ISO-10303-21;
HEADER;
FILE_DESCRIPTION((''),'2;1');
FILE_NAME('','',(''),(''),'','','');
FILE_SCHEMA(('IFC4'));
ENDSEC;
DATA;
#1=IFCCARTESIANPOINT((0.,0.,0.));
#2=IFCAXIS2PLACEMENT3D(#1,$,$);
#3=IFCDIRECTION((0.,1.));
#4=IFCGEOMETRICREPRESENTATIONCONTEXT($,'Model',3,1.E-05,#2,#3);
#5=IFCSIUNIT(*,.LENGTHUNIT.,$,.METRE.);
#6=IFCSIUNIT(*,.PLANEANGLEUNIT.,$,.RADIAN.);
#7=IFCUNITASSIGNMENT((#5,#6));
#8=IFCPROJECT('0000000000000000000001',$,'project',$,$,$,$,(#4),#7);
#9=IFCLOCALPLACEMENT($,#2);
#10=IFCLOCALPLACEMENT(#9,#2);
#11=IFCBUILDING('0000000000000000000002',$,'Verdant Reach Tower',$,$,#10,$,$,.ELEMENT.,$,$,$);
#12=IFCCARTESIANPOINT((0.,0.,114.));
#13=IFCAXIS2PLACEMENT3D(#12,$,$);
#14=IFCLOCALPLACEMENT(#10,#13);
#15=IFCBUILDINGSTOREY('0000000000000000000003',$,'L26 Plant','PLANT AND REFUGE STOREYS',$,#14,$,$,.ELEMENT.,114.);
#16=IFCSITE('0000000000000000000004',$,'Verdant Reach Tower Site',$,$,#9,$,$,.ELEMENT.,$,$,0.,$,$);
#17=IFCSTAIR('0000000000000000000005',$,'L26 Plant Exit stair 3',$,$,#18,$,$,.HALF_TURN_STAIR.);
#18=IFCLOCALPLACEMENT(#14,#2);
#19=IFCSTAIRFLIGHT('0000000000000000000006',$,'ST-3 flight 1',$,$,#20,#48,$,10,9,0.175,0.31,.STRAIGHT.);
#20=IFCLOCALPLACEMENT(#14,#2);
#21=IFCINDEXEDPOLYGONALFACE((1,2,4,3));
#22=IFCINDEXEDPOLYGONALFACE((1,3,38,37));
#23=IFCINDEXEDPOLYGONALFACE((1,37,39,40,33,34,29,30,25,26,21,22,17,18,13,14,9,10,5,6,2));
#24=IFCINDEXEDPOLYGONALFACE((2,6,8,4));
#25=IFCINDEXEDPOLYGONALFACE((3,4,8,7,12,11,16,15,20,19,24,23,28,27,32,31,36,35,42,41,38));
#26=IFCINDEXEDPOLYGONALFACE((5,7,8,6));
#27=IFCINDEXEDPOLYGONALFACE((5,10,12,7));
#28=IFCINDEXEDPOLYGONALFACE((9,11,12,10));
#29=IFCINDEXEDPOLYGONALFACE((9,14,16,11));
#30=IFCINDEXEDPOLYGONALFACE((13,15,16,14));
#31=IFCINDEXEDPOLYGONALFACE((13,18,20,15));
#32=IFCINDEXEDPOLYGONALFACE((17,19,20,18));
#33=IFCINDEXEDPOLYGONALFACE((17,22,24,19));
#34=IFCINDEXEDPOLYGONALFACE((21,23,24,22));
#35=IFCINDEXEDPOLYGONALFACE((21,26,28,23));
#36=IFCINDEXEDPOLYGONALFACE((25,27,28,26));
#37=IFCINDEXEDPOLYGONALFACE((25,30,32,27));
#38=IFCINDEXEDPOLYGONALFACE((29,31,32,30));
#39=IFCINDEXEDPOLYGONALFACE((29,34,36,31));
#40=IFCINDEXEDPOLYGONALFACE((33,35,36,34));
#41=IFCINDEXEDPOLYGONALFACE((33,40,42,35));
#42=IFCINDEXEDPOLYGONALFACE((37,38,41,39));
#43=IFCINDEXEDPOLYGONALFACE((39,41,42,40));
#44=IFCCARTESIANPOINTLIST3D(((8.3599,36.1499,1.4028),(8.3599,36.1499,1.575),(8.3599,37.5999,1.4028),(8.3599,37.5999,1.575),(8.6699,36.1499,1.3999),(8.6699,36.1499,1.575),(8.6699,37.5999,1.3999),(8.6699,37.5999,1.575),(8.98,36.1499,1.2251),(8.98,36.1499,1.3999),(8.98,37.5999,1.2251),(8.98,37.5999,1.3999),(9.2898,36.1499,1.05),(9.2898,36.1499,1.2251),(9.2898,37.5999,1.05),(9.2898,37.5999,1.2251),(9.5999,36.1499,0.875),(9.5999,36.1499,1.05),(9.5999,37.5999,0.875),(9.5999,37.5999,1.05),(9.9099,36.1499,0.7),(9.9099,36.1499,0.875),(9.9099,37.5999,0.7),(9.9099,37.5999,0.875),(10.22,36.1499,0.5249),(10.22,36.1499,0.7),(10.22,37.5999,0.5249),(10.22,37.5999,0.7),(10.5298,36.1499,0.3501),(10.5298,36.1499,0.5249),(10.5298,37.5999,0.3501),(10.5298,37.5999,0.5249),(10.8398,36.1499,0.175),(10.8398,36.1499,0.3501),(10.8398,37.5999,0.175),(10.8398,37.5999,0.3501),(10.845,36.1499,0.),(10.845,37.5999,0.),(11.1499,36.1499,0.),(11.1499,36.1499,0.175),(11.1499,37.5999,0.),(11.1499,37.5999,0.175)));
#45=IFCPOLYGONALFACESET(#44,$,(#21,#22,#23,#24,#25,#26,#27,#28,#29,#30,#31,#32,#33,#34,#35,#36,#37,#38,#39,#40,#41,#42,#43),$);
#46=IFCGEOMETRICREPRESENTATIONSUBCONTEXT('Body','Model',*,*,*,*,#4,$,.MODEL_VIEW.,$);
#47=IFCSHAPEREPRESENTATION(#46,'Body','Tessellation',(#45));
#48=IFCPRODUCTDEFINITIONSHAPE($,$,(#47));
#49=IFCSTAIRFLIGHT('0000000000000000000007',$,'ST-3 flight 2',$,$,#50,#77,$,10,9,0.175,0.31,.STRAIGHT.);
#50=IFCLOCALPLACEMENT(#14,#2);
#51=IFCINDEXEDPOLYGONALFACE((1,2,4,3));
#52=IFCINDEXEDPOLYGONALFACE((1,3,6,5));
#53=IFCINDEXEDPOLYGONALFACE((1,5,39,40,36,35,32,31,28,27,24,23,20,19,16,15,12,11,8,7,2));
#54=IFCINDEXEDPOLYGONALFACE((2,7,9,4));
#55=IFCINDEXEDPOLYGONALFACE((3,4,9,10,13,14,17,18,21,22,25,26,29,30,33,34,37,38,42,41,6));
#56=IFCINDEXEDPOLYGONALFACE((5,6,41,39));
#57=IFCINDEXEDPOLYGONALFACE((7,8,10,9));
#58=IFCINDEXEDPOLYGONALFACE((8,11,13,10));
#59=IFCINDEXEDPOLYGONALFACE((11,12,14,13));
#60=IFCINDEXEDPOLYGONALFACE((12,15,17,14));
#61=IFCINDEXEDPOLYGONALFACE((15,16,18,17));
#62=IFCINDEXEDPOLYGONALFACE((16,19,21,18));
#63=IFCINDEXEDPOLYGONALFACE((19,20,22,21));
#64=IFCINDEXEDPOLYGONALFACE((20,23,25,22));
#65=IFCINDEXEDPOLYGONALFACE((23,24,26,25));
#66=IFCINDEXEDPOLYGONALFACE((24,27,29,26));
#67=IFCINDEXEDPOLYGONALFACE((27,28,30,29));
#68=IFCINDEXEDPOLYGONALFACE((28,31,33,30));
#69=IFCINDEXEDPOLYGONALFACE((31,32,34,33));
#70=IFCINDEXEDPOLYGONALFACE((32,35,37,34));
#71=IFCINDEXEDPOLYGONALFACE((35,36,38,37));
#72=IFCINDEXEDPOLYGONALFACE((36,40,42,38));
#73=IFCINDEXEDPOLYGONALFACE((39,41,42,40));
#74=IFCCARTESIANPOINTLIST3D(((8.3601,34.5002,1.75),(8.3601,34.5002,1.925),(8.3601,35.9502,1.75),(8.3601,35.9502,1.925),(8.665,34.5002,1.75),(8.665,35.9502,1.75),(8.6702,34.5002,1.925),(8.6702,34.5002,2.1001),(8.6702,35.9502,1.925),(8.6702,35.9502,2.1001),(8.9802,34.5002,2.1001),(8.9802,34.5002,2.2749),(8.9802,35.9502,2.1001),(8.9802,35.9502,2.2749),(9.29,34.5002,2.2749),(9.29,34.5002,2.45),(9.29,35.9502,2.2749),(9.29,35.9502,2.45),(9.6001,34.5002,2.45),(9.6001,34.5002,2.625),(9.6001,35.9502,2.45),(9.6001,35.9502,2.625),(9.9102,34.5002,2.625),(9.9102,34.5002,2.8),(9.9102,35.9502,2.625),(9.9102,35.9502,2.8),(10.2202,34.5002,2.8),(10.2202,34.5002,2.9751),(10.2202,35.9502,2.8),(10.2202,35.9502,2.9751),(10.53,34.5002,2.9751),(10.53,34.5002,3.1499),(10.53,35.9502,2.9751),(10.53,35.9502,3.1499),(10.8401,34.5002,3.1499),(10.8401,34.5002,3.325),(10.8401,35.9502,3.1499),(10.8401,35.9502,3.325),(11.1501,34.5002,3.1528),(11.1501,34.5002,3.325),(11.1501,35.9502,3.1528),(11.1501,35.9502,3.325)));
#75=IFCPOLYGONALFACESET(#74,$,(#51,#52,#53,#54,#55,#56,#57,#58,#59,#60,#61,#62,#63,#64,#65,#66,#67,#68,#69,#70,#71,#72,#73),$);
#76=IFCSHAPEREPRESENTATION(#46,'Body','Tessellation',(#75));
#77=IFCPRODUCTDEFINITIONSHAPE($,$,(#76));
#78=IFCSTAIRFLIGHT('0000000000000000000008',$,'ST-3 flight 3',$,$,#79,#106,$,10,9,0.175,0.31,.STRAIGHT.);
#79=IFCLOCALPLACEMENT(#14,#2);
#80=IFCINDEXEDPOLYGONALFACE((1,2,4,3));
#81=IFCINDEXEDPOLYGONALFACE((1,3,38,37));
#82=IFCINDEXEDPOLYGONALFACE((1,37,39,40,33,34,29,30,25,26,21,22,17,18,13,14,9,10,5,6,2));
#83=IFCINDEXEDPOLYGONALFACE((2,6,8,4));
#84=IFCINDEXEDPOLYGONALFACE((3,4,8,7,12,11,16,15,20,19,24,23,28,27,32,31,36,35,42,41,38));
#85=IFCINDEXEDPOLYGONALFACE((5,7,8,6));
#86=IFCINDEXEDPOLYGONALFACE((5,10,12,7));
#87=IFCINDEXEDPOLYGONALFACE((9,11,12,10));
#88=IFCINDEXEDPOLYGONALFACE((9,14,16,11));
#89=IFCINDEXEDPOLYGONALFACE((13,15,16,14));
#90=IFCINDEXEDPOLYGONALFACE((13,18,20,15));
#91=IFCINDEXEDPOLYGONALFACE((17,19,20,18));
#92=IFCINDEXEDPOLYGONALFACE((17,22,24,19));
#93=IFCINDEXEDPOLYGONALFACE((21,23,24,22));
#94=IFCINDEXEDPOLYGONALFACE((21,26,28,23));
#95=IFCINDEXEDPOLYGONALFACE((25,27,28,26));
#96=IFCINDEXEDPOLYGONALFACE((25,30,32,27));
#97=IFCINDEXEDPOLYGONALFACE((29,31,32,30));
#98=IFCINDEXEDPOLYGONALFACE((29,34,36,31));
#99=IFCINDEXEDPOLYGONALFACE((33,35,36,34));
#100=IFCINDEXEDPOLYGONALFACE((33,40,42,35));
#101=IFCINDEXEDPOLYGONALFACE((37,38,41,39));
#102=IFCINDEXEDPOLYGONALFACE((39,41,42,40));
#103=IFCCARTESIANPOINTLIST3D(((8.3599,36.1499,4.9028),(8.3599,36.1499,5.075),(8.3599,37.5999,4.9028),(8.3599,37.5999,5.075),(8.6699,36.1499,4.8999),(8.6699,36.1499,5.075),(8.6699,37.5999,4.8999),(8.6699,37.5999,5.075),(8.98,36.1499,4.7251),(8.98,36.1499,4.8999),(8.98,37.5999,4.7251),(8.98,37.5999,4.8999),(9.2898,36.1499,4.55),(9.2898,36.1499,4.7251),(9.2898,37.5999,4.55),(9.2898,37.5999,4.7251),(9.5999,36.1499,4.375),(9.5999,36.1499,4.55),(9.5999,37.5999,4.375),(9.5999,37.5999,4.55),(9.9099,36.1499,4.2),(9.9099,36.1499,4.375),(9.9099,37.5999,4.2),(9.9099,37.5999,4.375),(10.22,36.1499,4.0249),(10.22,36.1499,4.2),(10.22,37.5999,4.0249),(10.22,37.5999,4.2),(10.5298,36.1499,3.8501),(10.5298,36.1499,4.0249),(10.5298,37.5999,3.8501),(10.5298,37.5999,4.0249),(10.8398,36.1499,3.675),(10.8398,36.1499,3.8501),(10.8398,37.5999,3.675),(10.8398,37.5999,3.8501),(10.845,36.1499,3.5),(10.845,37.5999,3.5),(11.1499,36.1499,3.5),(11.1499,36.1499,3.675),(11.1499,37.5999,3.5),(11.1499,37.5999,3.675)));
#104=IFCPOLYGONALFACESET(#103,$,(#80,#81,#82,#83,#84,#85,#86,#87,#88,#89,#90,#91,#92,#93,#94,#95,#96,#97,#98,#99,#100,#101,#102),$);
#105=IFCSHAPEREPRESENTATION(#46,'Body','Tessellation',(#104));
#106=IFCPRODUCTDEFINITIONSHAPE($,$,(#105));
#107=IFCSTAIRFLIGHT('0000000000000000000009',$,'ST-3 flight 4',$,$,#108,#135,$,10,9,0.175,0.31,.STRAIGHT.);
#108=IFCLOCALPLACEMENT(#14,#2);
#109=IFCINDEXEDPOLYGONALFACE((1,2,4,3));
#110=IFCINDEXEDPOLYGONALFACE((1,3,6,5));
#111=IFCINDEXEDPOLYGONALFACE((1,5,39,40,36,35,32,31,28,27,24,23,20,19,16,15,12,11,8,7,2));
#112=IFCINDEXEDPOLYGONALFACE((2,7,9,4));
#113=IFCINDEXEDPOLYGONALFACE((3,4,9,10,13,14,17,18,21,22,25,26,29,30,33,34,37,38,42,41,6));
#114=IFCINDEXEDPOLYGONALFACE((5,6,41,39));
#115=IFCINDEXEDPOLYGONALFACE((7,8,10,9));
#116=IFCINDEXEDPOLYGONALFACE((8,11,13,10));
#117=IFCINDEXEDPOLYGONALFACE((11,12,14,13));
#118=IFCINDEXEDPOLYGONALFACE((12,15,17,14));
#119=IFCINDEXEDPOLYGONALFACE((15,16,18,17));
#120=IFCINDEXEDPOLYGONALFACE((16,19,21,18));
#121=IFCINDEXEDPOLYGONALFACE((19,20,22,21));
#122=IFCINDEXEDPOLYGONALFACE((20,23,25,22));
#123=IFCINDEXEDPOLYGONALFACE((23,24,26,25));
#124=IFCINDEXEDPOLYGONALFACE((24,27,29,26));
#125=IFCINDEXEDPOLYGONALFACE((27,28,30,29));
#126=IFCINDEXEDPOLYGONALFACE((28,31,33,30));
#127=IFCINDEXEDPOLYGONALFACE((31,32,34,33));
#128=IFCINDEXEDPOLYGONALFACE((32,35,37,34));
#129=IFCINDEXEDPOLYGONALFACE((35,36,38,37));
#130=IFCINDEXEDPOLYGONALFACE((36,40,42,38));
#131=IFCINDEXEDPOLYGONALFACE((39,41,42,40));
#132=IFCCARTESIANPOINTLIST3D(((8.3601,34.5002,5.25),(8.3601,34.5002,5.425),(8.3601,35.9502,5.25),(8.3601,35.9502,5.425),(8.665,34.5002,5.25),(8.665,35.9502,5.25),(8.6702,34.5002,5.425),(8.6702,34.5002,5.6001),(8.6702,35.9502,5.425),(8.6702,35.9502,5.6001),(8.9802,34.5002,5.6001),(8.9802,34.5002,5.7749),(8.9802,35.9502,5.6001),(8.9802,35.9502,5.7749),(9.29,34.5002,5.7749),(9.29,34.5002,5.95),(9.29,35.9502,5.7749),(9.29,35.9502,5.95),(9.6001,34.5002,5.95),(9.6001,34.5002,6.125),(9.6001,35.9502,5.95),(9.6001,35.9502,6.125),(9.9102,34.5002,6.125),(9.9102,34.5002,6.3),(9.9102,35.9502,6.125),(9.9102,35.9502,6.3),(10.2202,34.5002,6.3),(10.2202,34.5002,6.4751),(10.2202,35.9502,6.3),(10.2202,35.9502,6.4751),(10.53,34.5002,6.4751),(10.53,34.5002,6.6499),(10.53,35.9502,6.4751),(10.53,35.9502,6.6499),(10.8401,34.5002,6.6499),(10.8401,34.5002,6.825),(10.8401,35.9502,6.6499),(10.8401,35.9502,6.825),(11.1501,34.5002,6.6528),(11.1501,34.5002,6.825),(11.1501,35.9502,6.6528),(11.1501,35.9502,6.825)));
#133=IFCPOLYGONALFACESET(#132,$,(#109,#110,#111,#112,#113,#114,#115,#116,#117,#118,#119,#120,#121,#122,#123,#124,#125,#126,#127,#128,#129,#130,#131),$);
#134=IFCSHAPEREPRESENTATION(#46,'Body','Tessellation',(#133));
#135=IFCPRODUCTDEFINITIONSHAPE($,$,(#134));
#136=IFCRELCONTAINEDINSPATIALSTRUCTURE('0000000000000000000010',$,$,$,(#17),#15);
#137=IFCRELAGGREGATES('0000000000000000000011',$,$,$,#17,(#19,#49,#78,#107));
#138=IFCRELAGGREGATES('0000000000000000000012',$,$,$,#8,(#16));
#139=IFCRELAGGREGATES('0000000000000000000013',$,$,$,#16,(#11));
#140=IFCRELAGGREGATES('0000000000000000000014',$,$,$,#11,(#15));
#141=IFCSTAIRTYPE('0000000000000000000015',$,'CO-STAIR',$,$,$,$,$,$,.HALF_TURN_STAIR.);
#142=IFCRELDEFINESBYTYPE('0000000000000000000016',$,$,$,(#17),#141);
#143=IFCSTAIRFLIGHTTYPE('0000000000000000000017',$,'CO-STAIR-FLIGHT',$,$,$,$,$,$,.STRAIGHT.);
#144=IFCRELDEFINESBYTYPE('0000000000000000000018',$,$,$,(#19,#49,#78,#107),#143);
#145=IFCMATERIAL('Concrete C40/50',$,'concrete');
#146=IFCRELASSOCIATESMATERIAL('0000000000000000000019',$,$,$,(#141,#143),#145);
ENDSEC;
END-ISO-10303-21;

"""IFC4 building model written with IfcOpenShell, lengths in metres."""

from ifc_helpers import new_model, si_unit, direction, frame, origin, place, context, subcontext, project, spatial, polyline, outline, extrude, material, type_object, element, aggregate, save


model = new_model("IFC4")

# Units and contexts
model_context = context("Model", 3, precision=1e-05, world=origin(), true_north=direction((0.0, 1.0)))
body_context = subcontext(model_context, "Body", "Model", "MODEL_VIEW")
ifc_project = project(units=[si_unit("LENGTHUNIT", "METRE"), si_unit("PLANEANGLEUNIT", "RADIAN")], contexts=[model_context])

# Site, building, storey
site_placement = place(None, origin())
site = spatial("IfcSite", under=ifc_project, at=site_placement, Name="Verdant Reach Tower Site", CompositionType="ELEMENT", RefElevation=0.0)
building_placement = place(site_placement, origin())
building = spatial("IfcBuilding", under=site, at=building_placement, Name="Verdant Reach Tower", CompositionType="ELEMENT")
storey_placement = place(building_placement, frame((0.0, 0.0, 114.0)))
storey = spatial("IfcBuildingStorey", under=building, at=storey_placement, Name="L26 Plant", Description="PLANT AND REFUGE STOREYS", CompositionType="ELEMENT", Elevation=114.0)

# Shared definitions
ifc_material_1 = material(Name="Concrete C40/50", Category="concrete")

# Shared definitions
stair_type = type_object("IfcStairType", Name="CO-STAIR", PredefinedType="HALF_TURN_STAIR", material=ifc_material_1)
stair_flight_type = type_object("IfcStairFlightType", Name="CO-STAIR-FLIGHT", PredefinedType="STRAIGHT", material=ifc_material_1)

# Stair, stair flights
stair_1_placement = place(storey_placement, origin())
stair_1 = element("IfcStair", 1, at=stair_1_placement, inside=storey, type_object=stair_type, Name="L26 Plant Exit stair 3", PredefinedType="HALF_TURN_STAIR")
stair_flight_1_placement = place(storey_placement, frame((11.1499, 36.875, 0.0), z_axis=(0.0, 0.0, 1.0), x_axis=(-1.0, 0.0, 0.0)))
stair_flight_1 = element("IfcStairFlight", 2, at=stair_flight_1_placement, type_object=stair_flight_type, Name="ST-3 flight 1", NumberOfRisers=10, NumberOfTreads=9, PredefinedType="STRAIGHT", RiserHeight=0.175, TreadLength=0.31, context=body_context, shape_type="SweptSolid", body=[
    extrude(outline(polyline([(0.0, 0.0), (0.0, 0.175), (0.3101, 0.175), (0.3101, 0.3501), (0.6201, 0.3501), (0.6201, 0.5249), (0.9299, 0.5249), (0.9299, 0.7), (1.24, 0.7), (1.24, 0.875), (1.55, 0.875), (1.55, 1.05), (1.8601, 1.05), (1.8601, 1.2251), (2.1699, 1.2251), (2.1699, 1.3999), (2.48, 1.3999), (2.48, 1.575), (2.79, 1.575), (2.79, 1.75), (2.79, 1.4028), (0.3049, 0.0), (0.0, 0.0)])), frame((0.0, 0.7251, 0.0), z_axis=(0.0, -1.0, 0.0), x_axis=(1.0, 0.0, 0.0)), (0.0, 0.0, 1.0), 1.45),
])
stair_flight_2_placement = place(storey_placement, frame((8.3601, 35.2251, 1.75), z_axis=(0.0, 0.0, 1.0), x_axis=(1.0, 0.0, 0.0)))
stair_flight_2 = element("IfcStairFlight", 3, at=stair_flight_2_placement, type_object=stair_flight_type, Name="ST-3 flight 2", NumberOfRisers=10, NumberOfTreads=9, PredefinedType="STRAIGHT", RiserHeight=0.175, TreadLength=0.31, context=body_context, shape_type="SweptSolid", body=[
    extrude(outline(polyline([(0.0, 0.0), (0.0, 0.175), (0.3101, 0.175), (0.3101, 0.3501), (0.6201, 0.3501), (0.6201, 0.5249), (0.9299, 0.5249), (0.9299, 0.7), (1.24, 0.7), (1.24, 0.875), (1.55, 0.875), (1.55, 1.05), (1.8601, 1.05), (1.8601, 1.2251), (2.1699, 1.2251), (2.1699, 1.3999), (2.48, 1.3999), (2.48, 1.575), (2.79, 1.575), (2.79, 1.75), (2.79, 1.4028), (0.3049, 0.0), (0.0, 0.0)])), frame((0.0, 0.7251, 0.0), z_axis=(0.0, -1.0, 0.0), x_axis=(1.0, 0.0, 0.0)), (0.0, 0.0, 1.0), 1.45),
])
stair_flight_3_placement = place(storey_placement, frame((11.1499, 36.875, 3.5), z_axis=(0.0, 0.0, 1.0), x_axis=(-1.0, 0.0, 0.0)))
stair_flight_3 = element("IfcStairFlight", 4, at=stair_flight_3_placement, type_object=stair_flight_type, Name="ST-3 flight 3", NumberOfRisers=10, NumberOfTreads=9, PredefinedType="STRAIGHT", RiserHeight=0.175, TreadLength=0.31, context=body_context, shape_type="SweptSolid", body=[
    extrude(outline(polyline([(0.0, 0.0), (0.0, 0.175), (0.3101, 0.175), (0.3101, 0.3501), (0.6201, 0.3501), (0.6201, 0.5249), (0.9299, 0.5249), (0.9299, 0.7), (1.24, 0.7), (1.24, 0.875), (1.55, 0.875), (1.55, 1.05), (1.8601, 1.05), (1.8601, 1.2251), (2.1699, 1.2251), (2.1699, 1.3999), (2.48, 1.3999), (2.48, 1.575), (2.79, 1.575), (2.79, 1.75), (2.79, 1.4028), (0.3049, 0.0), (0.0, 0.0)])), frame((0.0, 0.7251, 0.0), z_axis=(0.0, -1.0, 0.0), x_axis=(1.0, 0.0, 0.0)), (0.0, 0.0, 1.0), 1.45),
])
stair_flight_4_placement = place(storey_placement, frame((8.3601, 35.2251, 5.25), z_axis=(0.0, 0.0, 1.0), x_axis=(1.0, 0.0, 0.0)))
stair_flight_4 = element("IfcStairFlight", 5, at=stair_flight_4_placement, type_object=stair_flight_type, Name="ST-3 flight 4", NumberOfRisers=10, NumberOfTreads=9, PredefinedType="STRAIGHT", RiserHeight=0.175, TreadLength=0.31, context=body_context, shape_type="SweptSolid", body=[
    extrude(outline(polyline([(0.0, 0.0), (0.0, 0.175), (0.3101, 0.175), (0.3101, 0.3501), (0.6201, 0.3501), (0.6201, 0.5249), (0.9299, 0.5249), (0.9299, 0.7), (1.24, 0.7), (1.24, 0.875), (1.55, 0.875), (1.55, 1.05), (1.8601, 1.05), (1.8601, 1.2251), (2.1699, 1.2251), (2.1699, 1.3999), (2.48, 1.3999), (2.48, 1.575), (2.79, 1.575), (2.79, 1.75), (2.79, 1.4028), (0.3049, 0.0), (0.0, 0.0)])), frame((0.0, 0.7251, 0.0), z_axis=(0.0, -1.0, 0.0), x_axis=(1.0, 0.0, 0.0)), (0.0, 0.0, 1.0), 1.45),
])
aggregate(stair_1, [stair_flight_1, stair_flight_2, stair_flight_3, stair_flight_4])

save(model, "model.ifc")
